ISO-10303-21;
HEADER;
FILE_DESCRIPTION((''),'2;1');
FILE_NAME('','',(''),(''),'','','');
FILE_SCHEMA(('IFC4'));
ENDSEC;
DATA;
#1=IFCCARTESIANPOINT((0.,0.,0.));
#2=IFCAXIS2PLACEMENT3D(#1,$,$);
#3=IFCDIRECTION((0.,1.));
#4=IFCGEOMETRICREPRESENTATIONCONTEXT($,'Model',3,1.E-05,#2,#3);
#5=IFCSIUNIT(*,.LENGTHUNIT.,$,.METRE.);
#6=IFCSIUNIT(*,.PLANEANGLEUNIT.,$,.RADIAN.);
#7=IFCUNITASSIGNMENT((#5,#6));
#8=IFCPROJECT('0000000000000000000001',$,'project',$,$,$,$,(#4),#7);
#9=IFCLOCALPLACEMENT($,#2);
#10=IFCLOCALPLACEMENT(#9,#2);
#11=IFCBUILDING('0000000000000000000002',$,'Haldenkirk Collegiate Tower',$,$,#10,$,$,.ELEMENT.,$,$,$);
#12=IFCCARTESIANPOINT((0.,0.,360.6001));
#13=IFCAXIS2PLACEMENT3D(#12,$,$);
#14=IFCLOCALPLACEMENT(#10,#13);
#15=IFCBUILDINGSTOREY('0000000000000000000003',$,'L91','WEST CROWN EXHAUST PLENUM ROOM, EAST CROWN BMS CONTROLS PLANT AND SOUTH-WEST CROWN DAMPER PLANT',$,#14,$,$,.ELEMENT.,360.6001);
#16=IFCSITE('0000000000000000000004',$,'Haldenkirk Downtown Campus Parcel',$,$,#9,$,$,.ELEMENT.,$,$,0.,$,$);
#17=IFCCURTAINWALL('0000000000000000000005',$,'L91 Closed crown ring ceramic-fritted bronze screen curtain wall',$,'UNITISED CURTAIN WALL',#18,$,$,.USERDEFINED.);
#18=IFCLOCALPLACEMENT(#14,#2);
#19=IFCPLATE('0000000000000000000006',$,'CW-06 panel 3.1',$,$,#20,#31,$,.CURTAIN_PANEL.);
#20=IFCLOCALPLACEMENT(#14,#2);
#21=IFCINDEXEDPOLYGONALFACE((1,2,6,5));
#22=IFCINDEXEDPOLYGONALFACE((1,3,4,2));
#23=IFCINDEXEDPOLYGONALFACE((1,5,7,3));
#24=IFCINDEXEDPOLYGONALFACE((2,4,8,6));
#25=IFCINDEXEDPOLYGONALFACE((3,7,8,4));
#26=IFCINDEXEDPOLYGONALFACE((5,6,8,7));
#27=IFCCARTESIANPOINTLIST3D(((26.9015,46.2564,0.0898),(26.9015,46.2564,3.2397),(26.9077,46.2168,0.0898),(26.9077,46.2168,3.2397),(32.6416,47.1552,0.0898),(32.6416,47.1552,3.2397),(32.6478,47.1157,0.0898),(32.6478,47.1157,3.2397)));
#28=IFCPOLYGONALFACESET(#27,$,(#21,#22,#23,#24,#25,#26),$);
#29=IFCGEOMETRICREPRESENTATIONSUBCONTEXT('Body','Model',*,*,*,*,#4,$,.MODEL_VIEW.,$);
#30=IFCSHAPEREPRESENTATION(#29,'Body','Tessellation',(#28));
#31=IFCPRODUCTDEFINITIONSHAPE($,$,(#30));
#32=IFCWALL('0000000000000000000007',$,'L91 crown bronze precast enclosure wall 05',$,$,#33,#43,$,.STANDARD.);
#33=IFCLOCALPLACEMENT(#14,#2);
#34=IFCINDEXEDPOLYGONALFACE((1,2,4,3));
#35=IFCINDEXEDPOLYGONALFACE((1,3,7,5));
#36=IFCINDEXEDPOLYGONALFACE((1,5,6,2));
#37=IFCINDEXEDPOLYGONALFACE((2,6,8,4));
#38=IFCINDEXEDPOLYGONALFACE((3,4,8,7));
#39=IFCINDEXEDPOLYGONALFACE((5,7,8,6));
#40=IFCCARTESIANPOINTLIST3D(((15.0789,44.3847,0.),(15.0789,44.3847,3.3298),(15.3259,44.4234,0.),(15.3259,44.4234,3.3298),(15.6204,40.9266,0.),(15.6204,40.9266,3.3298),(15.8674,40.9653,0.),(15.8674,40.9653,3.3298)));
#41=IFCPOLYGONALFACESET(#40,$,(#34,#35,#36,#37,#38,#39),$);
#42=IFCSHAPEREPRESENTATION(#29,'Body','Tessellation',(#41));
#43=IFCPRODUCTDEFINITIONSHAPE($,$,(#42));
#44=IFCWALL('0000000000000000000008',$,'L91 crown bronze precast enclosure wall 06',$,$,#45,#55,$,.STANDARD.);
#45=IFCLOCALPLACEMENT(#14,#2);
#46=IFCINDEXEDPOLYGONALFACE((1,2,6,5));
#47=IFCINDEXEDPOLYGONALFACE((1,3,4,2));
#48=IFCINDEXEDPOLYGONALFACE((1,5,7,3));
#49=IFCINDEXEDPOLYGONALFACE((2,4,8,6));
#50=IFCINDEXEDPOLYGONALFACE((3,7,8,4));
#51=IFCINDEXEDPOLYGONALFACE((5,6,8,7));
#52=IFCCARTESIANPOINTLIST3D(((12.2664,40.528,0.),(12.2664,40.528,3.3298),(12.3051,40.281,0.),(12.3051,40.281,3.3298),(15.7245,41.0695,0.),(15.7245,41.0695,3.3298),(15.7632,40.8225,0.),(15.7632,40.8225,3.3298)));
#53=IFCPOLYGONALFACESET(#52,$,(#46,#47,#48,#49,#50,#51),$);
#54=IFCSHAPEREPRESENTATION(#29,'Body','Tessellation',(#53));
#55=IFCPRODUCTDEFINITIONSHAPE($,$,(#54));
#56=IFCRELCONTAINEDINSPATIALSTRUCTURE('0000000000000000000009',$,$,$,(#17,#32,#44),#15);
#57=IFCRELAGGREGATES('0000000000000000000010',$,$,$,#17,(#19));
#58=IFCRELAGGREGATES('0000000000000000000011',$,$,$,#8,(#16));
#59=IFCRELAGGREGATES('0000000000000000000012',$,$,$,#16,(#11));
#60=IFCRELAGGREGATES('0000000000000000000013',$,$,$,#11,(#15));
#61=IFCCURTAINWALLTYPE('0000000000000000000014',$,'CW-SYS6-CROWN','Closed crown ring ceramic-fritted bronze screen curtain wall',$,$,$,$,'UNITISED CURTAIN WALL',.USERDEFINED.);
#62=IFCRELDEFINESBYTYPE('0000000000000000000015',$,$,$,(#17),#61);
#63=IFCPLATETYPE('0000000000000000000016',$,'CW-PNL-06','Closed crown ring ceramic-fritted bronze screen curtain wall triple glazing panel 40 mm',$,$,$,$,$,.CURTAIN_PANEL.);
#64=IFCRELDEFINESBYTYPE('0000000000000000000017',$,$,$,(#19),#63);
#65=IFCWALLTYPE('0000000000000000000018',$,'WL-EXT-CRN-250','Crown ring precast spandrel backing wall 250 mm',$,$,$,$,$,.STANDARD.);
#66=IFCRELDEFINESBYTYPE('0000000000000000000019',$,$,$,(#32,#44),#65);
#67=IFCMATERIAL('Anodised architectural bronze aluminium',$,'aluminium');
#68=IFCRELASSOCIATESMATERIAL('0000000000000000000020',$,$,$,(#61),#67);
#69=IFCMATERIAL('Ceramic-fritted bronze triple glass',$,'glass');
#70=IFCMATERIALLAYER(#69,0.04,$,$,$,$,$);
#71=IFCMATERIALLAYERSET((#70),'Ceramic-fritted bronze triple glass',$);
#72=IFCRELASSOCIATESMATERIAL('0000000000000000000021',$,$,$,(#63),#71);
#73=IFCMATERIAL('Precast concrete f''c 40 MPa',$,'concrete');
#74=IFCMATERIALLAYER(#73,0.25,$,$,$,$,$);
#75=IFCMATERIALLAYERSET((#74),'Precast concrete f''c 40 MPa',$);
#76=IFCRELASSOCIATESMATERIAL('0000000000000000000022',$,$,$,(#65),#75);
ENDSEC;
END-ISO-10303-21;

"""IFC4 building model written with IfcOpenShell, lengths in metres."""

from ifc_helpers import new_model, si_unit, direction, frame, frame_2d, origin, origin_2d, place, context, subcontext, project, spatial, rectangle, extrude, source, transform, mapped, material, layer, layer_set, type_object, element, aggregate, save


model = new_model("IFC4")

# Units and contexts
model_context = context("Model", 3, precision=1e-05, world=origin(), true_north=direction((0.0, 1.0)))
body_context = subcontext(model_context, "Body", "Model", "MODEL_VIEW")
ifc_project = project(units=[si_unit("LENGTHUNIT", "METRE"), si_unit("PLANEANGLEUNIT", "RADIAN")], contexts=[model_context])

# Site, building, storey
site_placement = place(None, origin())
site = spatial("IfcSite", under=ifc_project, at=site_placement, Name="Haldenkirk Downtown Campus Parcel", CompositionType="ELEMENT", RefElevation=0.0)
building_placement = place(site_placement, origin())
building = spatial("IfcBuilding", under=site, at=building_placement, Name="Haldenkirk Collegiate Tower", CompositionType="ELEMENT")
storey_placement = place(building_placement, frame((0.0, 0.0, 360.6001)))
storey = spatial("IfcBuildingStorey", under=building, at=storey_placement, Name="L91", Description="WEST CROWN EXHAUST PLENUM ROOM, EAST CROWN BMS CONTROLS PLANT AND SOUTH-WEST CROWN DAMPER PLANT", CompositionType="ELEMENT", Elevation=360.6001)

# Curtain wall
ifc_material_1 = material(Name="Anodised architectural bronze aluminium", Category="aluminium")
curtain_wall_type = type_object("IfcCurtainWallType", Name="CW-SYS6-CROWN", Description="Closed crown ring ceramic-fritted bronze screen curtain wall", ElementType="UNITISED CURTAIN WALL", PredefinedType="USERDEFINED", material=ifc_material_1)
curtain_wall_1_placement = place(storey_placement, origin())
curtain_wall_1 = element("IfcCurtainWall", 1, at=curtain_wall_1_placement, inside=storey, type_object=curtain_wall_type, Name="L91 Closed crown ring ceramic-fritted bronze screen curtain wall", ObjectType="UNITISED CURTAIN WALL", PredefinedType="USERDEFINED")

# Plate
ifc_material_2 = material(Name="Ceramic-fritted bronze triple glass", Category="glass")
ifc_layer_1 = layer(ifc_material_2, 0.04)
ifc_layer_set_1 = layer_set([ifc_layer_1], Name="Ceramic-fritted bronze triple glass")
plate_type_1 = type_object("IfcPlateType", Name="CW-PNL-06", Description="Closed crown ring ceramic-fritted bronze screen curtain wall triple glazing panel 40 mm", PredefinedType="CURTAIN_PANEL", material=ifc_layer_set_1)
shared_shape_1 = source(origin(), body_context, "Body", "SweptSolid", [
    extrude(rectangle(XDim=5.8101, YDim=0.04, at=origin_2d()), origin(), (0.0, 0.0, 1.0), 3.1499),
])
plate_1_placement = place(storey_placement, frame((29.7747, 46.686, 0.0898), z_axis=(0.0, 0.0, 1.0), x_axis=(0.98796, 0.154709, 0.0)))
plate_1 = element("IfcPlate", 2, at=plate_1_placement, type_object=plate_type_1, Name="CW-06 panel 3.1", PredefinedType="CURTAIN_PANEL", context=body_context, shape_type="MappedRepresentation", body=[
    mapped(shared_shape_1, transform((0.0, 0.0, 0.0), x_axis=(1.0, 0.0, 0.0), y_axis=(0.0, 1.0, 0.0), z_axis=(0.0, 0.0, 1.0), scale=1.0)),
])
aggregate(curtain_wall_1, [plate_1])

# Walls
ifc_material_3 = material(Name="Precast concrete f'c 40 MPa", Category="concrete")
ifc_layer_2 = layer(ifc_material_3, 0.25)
ifc_layer_set_2 = layer_set([ifc_layer_2], Name="Precast concrete f'c 40 MPa")
wall_type = type_object("IfcWallType", Name="WL-EXT-CRN-250", Description="Crown ring precast spandrel backing wall 250 mm", PredefinedType="STANDARD", material=ifc_layer_set_2)
for number, where, z_axis, x_axis, name in (
    (3, (15.7439, 40.946, 0.0), (0.0, 0.0, 1.0), (-0.154709, 0.98796, 0.0), "L91 crown bronze precast enclosure wall 05"),
    (4, (12.2859, 40.4045, 0.0), (0.0, 0.0, 1.0), (0.98796, 0.154709, 0.0), "L91 crown bronze precast enclosure wall 06"),
):
    element("IfcWall", number, at=place(storey_placement, frame(where, z_axis=z_axis, x_axis=x_axis)), inside=storey, type_object=wall_type, Name=name, PredefinedType="STANDARD", context=body_context, shape_type="SweptSolid", body=[
        extrude(rectangle(XDim=3.5002, YDim=0.25, at=frame_2d((1.75, 0.0))), origin(), (0.0, 0.0, 1.0), 3.3298),
    ])

save(model, "model.ifc")
